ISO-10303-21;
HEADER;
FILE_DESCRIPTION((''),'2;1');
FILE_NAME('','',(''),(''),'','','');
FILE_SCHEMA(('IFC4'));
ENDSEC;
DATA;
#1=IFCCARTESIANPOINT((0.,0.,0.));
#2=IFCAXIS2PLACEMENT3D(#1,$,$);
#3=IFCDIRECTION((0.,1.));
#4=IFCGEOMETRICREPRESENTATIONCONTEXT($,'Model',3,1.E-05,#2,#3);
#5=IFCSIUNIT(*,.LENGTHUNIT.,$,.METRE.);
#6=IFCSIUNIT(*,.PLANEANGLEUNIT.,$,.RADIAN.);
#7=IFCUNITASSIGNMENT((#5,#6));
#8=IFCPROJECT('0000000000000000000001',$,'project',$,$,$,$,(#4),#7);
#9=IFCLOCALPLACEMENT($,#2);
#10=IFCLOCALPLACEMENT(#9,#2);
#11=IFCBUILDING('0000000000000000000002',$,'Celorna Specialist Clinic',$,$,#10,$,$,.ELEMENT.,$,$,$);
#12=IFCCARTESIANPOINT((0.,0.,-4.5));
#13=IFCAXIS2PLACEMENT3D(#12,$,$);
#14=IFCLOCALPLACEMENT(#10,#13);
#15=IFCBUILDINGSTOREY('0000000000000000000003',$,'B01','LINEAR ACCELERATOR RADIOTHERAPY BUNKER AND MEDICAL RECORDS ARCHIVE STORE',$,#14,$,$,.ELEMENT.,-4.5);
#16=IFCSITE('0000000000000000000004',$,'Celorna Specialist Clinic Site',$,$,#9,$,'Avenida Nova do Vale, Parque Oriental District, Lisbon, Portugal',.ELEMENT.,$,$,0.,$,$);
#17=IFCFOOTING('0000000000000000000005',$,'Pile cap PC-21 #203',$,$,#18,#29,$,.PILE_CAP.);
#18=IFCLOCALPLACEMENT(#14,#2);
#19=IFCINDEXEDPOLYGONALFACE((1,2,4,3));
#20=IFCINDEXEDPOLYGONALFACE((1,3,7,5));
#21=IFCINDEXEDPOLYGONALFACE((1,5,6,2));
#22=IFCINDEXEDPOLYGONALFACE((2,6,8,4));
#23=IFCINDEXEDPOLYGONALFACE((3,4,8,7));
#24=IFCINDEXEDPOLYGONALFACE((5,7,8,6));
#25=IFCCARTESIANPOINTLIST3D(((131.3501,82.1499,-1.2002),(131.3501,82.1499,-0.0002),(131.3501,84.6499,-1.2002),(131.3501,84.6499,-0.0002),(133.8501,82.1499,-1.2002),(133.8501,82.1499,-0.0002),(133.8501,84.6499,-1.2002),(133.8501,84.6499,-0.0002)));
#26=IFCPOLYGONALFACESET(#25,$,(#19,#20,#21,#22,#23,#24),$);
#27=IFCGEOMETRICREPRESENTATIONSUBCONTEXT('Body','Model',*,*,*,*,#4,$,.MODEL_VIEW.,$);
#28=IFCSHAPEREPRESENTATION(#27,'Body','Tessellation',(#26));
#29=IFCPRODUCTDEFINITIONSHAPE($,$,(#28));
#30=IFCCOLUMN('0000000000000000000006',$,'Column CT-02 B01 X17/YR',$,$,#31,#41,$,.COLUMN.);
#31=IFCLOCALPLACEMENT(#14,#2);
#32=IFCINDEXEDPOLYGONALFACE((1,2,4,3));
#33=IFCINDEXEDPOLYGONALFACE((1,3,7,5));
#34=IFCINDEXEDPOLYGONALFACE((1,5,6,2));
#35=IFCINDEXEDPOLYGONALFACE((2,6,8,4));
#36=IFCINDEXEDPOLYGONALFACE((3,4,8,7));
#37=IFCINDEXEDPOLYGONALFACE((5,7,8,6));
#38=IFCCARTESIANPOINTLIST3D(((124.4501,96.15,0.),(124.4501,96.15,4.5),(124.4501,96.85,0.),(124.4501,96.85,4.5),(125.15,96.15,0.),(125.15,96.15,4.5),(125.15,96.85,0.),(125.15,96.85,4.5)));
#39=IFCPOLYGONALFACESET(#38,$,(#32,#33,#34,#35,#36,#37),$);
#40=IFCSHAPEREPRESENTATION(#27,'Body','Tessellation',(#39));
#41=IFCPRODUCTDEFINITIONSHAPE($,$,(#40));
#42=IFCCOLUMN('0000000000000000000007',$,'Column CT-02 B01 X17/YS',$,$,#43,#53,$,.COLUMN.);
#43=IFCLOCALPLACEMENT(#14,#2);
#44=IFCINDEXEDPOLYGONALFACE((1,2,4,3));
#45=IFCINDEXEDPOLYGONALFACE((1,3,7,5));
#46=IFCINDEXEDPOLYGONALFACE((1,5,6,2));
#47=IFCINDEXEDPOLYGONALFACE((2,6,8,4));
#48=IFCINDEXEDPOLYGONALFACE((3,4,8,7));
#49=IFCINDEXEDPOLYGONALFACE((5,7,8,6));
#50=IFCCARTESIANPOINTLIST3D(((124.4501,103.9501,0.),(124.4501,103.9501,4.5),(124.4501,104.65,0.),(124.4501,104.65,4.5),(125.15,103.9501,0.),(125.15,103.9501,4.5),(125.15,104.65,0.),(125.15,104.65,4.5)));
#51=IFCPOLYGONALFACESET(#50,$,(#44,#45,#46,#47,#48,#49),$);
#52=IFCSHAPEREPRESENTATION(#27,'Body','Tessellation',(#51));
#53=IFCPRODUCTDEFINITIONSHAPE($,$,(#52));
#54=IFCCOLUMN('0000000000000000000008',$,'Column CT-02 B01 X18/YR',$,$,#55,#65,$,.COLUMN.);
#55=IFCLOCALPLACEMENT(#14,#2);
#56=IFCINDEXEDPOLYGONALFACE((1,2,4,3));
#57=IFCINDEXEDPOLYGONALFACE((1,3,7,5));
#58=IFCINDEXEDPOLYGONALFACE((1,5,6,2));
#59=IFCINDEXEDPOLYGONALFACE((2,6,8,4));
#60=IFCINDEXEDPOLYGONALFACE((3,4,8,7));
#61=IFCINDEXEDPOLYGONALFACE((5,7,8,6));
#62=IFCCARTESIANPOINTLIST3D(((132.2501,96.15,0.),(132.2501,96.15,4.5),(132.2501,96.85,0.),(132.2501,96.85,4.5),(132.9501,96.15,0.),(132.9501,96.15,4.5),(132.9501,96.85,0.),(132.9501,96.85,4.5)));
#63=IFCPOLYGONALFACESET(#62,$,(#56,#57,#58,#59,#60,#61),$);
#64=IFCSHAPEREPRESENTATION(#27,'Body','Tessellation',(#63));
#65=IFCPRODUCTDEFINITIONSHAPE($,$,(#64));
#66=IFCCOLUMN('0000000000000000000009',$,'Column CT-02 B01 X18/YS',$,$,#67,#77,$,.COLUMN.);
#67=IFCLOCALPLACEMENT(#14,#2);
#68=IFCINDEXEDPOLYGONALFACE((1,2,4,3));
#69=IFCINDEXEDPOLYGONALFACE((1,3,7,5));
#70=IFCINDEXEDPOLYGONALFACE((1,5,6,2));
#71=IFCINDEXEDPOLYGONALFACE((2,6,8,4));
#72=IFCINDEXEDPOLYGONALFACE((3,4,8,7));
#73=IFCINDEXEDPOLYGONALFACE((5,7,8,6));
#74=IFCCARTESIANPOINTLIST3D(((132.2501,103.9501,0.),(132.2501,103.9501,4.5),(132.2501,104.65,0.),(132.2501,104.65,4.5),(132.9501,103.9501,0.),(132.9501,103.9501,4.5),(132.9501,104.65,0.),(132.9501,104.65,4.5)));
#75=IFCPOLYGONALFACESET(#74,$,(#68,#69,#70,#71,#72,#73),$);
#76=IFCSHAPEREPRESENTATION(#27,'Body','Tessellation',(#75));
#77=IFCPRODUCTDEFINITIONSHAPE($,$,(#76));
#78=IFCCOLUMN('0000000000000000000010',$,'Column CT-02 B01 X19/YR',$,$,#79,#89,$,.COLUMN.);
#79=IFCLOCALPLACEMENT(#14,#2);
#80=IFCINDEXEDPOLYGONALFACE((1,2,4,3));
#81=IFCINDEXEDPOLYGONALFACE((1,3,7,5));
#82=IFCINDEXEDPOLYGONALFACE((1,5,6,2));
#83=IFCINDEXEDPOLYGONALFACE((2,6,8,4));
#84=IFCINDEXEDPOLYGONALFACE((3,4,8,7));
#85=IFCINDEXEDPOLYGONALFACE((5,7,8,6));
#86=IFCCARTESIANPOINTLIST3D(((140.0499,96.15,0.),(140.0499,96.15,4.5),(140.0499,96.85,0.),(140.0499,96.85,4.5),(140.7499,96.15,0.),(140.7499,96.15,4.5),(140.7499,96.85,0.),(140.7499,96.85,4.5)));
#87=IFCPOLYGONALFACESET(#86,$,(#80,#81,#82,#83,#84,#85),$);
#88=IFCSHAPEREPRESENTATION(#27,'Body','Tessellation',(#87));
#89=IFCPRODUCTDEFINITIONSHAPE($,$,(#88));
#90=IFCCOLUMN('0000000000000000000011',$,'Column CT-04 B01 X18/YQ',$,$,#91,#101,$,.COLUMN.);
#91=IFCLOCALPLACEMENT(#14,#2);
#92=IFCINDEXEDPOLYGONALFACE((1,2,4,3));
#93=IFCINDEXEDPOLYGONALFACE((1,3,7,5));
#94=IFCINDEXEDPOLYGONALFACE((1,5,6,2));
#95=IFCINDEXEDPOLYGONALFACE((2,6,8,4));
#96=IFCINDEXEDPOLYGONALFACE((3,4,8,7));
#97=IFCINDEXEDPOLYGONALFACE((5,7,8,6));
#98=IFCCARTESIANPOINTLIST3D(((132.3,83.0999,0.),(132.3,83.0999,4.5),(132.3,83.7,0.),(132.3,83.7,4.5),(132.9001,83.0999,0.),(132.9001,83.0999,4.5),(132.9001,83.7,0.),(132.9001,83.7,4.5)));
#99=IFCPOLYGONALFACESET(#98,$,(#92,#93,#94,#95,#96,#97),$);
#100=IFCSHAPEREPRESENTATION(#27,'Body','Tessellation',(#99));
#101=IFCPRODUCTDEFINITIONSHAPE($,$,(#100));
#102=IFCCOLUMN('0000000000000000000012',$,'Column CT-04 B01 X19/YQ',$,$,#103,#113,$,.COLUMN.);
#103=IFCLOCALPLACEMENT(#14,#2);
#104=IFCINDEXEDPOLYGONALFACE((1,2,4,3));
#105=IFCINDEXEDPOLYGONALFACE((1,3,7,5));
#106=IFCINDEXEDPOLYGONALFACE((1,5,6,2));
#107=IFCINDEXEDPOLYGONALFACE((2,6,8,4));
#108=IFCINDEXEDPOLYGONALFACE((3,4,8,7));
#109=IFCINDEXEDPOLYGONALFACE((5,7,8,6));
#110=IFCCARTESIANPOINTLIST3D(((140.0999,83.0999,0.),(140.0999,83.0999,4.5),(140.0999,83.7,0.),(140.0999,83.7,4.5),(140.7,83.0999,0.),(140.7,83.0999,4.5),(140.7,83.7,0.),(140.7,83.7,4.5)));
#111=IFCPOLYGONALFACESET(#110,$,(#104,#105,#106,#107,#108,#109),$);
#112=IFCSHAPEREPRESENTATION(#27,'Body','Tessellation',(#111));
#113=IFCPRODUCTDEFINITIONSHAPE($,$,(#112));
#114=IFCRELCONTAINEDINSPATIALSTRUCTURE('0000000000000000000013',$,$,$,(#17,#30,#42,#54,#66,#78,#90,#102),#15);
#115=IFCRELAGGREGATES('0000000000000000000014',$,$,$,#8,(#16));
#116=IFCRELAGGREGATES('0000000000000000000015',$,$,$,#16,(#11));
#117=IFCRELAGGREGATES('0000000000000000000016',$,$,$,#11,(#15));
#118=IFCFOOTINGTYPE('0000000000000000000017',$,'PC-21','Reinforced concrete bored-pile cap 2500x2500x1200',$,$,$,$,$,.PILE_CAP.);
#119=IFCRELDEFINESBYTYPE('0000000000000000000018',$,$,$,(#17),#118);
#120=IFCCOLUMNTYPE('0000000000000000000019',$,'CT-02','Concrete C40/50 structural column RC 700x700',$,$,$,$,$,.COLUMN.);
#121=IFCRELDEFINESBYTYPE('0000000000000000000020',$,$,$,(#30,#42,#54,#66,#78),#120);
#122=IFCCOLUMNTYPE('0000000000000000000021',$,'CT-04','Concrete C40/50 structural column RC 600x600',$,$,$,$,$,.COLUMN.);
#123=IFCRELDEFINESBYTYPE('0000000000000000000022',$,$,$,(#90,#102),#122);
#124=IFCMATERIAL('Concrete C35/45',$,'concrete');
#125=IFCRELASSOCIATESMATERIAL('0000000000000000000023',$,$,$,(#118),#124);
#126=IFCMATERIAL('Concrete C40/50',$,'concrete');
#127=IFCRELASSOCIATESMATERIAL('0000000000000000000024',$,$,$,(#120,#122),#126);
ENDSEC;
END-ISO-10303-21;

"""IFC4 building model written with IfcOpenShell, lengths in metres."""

from ifc_helpers import new_model, si_unit, direction, frame, origin, origin_2d, place, context, subcontext, project, spatial, rectangle, extrude, material, material_profile, profile_set, type_object, element, save


model = new_model("IFC4")

# Units and contexts
model_context = context("Model", 3, precision=1e-05, world=origin(), true_north=direction((0.0, 1.0)))
body_context = subcontext(model_context, "Body", "Model", "MODEL_VIEW")
ifc_project = project(units=[si_unit("LENGTHUNIT", "METRE"), si_unit("PLANEANGLEUNIT", "RADIAN")], contexts=[model_context])

# Site, building, storey
site_placement = place(None, origin())
site = spatial("IfcSite", under=ifc_project, at=site_placement, Name="Celorna Specialist Clinic Site", LongName="Avenida Nova do Vale, Parque Oriental District, Lisbon, Portugal", CompositionType="ELEMENT", RefElevation=0.0)
building_placement = place(site_placement, origin())
building = spatial("IfcBuilding", under=site, at=building_placement, Name="Celorna Specialist Clinic", CompositionType="ELEMENT")
storey_placement = place(building_placement, frame((0.0, 0.0, -4.5)))
storey = spatial("IfcBuildingStorey", under=building, at=storey_placement, Name="B01", Description="LINEAR ACCELERATOR RADIOTHERAPY BUNKER AND MEDICAL RECORDS ARCHIVE STORE", CompositionType="ELEMENT", Elevation=-4.5)

# Shared definitions
ifc_material_1 = material(Name="Concrete C35/45", Category="concrete")

# Footing
footing_type_1 = type_object("IfcFootingType", Name="PC-21", Description="Reinforced concrete bored-pile cap 2500x2500x1200", PredefinedType="PILE_CAP", material=ifc_material_1)
footing_1_placement = place(storey_placement, frame((132.6001, 83.3999, -1.2002), z_axis=(0.0, 0.0, 1.0), x_axis=(1.0, 0.0, 0.0)))
element("IfcFooting", 1, at=footing_1_placement, inside=storey, type_object=footing_type_1, Name="Pile cap PC-21 #203", PredefinedType="PILE_CAP", context=body_context, shape_type="SweptSolid", body=[
    extrude(rectangle(XDim=2.5, YDim=2.5, at=origin_2d()), origin(), (0.0, 0.0, 1.0), 1.2),
])

# Columns
ifc_material_2 = material(Name="Concrete C40/50", Category="concrete")
ifc_material_profile_1 = material_profile(ifc_material_2, rectangle(XDim=0.7, YDim=0.7, at=origin_2d()), Name="RC 700x700")
ifc_profile_set_1 = profile_set([ifc_material_profile_1], Name="Concrete C40/50")
column_type_1 = type_object("IfcColumnType", Name="CT-02", Description="Concrete C40/50 structural column RC 700x700", PredefinedType="COLUMN", material=ifc_profile_set_1)
for number, where, z_axis, x_axis, name in (
    (2, (124.8, 96.5, 0.0), (0.0, 0.0, 1.0), (1.0, 0.0, 0.0), "Column CT-02 B01 X17/YR"),
    (3, (124.8, 104.3, 0.0), (0.0, 0.0, 1.0), (1.0, 0.0, 0.0), "Column CT-02 B01 X17/YS"),
    (4, (132.6001, 96.5, 0.0), (0.0, 0.0, 1.0), (1.0, 0.0, 0.0), "Column CT-02 B01 X18/YR"),
    (5, (132.6001, 104.3, 0.0), (0.0, 0.0, 1.0), (1.0, 0.0, 0.0), "Column CT-02 B01 X18/YS"),
    (6, (140.3999, 96.5, 0.0), (0.0, 0.0, 1.0), (1.0, 0.0, 0.0), "Column CT-02 B01 X19/YR"),
):
    element("IfcColumn", number, at=place(storey_placement, frame(where, z_axis=z_axis, x_axis=x_axis)), inside=storey, type_object=column_type_1, Name=name, PredefinedType="COLUMN", context=body_context, shape_type="SweptSolid", body=[
        extrude(rectangle(XDim=0.7, YDim=0.7, at=origin_2d()), origin(), (0.0, 0.0, 1.0), 4.5),
    ])
ifc_material_profile_2 = material_profile(ifc_material_2, rectangle(XDim=0.6001, YDim=0.6001, at=origin_2d()), Name="RC 600x600")
ifc_profile_set_2 = profile_set([ifc_material_profile_2], Name="Concrete C40/50")
column_type_2 = type_object("IfcColumnType", Name="CT-04", Description="Concrete C40/50 structural column RC 600x600", PredefinedType="COLUMN", material=ifc_profile_set_2)
for number, where, z_axis, x_axis, name in (
    (7, (132.6001, 83.3999, 0.0), (0.0, 0.0, 1.0), (1.0, 0.0, 0.0), "Column CT-04 B01 X18/YQ"),
    (8, (140.3999, 83.3999, 0.0), (0.0, 0.0, 1.0), (1.0, 0.0, 0.0), "Column CT-04 B01 X19/YQ"),
):
    element("IfcColumn", number, at=place(storey_placement, frame(where, z_axis=z_axis, x_axis=x_axis)), inside=storey, type_object=column_type_2, Name=name, PredefinedType="COLUMN", context=body_context, shape_type="SweptSolid", body=[
        extrude(rectangle(XDim=0.6001, YDim=0.6001, at=origin_2d()), origin(), (0.0, 0.0, 1.0), 4.5),
    ])

save(model, "model.ifc")
